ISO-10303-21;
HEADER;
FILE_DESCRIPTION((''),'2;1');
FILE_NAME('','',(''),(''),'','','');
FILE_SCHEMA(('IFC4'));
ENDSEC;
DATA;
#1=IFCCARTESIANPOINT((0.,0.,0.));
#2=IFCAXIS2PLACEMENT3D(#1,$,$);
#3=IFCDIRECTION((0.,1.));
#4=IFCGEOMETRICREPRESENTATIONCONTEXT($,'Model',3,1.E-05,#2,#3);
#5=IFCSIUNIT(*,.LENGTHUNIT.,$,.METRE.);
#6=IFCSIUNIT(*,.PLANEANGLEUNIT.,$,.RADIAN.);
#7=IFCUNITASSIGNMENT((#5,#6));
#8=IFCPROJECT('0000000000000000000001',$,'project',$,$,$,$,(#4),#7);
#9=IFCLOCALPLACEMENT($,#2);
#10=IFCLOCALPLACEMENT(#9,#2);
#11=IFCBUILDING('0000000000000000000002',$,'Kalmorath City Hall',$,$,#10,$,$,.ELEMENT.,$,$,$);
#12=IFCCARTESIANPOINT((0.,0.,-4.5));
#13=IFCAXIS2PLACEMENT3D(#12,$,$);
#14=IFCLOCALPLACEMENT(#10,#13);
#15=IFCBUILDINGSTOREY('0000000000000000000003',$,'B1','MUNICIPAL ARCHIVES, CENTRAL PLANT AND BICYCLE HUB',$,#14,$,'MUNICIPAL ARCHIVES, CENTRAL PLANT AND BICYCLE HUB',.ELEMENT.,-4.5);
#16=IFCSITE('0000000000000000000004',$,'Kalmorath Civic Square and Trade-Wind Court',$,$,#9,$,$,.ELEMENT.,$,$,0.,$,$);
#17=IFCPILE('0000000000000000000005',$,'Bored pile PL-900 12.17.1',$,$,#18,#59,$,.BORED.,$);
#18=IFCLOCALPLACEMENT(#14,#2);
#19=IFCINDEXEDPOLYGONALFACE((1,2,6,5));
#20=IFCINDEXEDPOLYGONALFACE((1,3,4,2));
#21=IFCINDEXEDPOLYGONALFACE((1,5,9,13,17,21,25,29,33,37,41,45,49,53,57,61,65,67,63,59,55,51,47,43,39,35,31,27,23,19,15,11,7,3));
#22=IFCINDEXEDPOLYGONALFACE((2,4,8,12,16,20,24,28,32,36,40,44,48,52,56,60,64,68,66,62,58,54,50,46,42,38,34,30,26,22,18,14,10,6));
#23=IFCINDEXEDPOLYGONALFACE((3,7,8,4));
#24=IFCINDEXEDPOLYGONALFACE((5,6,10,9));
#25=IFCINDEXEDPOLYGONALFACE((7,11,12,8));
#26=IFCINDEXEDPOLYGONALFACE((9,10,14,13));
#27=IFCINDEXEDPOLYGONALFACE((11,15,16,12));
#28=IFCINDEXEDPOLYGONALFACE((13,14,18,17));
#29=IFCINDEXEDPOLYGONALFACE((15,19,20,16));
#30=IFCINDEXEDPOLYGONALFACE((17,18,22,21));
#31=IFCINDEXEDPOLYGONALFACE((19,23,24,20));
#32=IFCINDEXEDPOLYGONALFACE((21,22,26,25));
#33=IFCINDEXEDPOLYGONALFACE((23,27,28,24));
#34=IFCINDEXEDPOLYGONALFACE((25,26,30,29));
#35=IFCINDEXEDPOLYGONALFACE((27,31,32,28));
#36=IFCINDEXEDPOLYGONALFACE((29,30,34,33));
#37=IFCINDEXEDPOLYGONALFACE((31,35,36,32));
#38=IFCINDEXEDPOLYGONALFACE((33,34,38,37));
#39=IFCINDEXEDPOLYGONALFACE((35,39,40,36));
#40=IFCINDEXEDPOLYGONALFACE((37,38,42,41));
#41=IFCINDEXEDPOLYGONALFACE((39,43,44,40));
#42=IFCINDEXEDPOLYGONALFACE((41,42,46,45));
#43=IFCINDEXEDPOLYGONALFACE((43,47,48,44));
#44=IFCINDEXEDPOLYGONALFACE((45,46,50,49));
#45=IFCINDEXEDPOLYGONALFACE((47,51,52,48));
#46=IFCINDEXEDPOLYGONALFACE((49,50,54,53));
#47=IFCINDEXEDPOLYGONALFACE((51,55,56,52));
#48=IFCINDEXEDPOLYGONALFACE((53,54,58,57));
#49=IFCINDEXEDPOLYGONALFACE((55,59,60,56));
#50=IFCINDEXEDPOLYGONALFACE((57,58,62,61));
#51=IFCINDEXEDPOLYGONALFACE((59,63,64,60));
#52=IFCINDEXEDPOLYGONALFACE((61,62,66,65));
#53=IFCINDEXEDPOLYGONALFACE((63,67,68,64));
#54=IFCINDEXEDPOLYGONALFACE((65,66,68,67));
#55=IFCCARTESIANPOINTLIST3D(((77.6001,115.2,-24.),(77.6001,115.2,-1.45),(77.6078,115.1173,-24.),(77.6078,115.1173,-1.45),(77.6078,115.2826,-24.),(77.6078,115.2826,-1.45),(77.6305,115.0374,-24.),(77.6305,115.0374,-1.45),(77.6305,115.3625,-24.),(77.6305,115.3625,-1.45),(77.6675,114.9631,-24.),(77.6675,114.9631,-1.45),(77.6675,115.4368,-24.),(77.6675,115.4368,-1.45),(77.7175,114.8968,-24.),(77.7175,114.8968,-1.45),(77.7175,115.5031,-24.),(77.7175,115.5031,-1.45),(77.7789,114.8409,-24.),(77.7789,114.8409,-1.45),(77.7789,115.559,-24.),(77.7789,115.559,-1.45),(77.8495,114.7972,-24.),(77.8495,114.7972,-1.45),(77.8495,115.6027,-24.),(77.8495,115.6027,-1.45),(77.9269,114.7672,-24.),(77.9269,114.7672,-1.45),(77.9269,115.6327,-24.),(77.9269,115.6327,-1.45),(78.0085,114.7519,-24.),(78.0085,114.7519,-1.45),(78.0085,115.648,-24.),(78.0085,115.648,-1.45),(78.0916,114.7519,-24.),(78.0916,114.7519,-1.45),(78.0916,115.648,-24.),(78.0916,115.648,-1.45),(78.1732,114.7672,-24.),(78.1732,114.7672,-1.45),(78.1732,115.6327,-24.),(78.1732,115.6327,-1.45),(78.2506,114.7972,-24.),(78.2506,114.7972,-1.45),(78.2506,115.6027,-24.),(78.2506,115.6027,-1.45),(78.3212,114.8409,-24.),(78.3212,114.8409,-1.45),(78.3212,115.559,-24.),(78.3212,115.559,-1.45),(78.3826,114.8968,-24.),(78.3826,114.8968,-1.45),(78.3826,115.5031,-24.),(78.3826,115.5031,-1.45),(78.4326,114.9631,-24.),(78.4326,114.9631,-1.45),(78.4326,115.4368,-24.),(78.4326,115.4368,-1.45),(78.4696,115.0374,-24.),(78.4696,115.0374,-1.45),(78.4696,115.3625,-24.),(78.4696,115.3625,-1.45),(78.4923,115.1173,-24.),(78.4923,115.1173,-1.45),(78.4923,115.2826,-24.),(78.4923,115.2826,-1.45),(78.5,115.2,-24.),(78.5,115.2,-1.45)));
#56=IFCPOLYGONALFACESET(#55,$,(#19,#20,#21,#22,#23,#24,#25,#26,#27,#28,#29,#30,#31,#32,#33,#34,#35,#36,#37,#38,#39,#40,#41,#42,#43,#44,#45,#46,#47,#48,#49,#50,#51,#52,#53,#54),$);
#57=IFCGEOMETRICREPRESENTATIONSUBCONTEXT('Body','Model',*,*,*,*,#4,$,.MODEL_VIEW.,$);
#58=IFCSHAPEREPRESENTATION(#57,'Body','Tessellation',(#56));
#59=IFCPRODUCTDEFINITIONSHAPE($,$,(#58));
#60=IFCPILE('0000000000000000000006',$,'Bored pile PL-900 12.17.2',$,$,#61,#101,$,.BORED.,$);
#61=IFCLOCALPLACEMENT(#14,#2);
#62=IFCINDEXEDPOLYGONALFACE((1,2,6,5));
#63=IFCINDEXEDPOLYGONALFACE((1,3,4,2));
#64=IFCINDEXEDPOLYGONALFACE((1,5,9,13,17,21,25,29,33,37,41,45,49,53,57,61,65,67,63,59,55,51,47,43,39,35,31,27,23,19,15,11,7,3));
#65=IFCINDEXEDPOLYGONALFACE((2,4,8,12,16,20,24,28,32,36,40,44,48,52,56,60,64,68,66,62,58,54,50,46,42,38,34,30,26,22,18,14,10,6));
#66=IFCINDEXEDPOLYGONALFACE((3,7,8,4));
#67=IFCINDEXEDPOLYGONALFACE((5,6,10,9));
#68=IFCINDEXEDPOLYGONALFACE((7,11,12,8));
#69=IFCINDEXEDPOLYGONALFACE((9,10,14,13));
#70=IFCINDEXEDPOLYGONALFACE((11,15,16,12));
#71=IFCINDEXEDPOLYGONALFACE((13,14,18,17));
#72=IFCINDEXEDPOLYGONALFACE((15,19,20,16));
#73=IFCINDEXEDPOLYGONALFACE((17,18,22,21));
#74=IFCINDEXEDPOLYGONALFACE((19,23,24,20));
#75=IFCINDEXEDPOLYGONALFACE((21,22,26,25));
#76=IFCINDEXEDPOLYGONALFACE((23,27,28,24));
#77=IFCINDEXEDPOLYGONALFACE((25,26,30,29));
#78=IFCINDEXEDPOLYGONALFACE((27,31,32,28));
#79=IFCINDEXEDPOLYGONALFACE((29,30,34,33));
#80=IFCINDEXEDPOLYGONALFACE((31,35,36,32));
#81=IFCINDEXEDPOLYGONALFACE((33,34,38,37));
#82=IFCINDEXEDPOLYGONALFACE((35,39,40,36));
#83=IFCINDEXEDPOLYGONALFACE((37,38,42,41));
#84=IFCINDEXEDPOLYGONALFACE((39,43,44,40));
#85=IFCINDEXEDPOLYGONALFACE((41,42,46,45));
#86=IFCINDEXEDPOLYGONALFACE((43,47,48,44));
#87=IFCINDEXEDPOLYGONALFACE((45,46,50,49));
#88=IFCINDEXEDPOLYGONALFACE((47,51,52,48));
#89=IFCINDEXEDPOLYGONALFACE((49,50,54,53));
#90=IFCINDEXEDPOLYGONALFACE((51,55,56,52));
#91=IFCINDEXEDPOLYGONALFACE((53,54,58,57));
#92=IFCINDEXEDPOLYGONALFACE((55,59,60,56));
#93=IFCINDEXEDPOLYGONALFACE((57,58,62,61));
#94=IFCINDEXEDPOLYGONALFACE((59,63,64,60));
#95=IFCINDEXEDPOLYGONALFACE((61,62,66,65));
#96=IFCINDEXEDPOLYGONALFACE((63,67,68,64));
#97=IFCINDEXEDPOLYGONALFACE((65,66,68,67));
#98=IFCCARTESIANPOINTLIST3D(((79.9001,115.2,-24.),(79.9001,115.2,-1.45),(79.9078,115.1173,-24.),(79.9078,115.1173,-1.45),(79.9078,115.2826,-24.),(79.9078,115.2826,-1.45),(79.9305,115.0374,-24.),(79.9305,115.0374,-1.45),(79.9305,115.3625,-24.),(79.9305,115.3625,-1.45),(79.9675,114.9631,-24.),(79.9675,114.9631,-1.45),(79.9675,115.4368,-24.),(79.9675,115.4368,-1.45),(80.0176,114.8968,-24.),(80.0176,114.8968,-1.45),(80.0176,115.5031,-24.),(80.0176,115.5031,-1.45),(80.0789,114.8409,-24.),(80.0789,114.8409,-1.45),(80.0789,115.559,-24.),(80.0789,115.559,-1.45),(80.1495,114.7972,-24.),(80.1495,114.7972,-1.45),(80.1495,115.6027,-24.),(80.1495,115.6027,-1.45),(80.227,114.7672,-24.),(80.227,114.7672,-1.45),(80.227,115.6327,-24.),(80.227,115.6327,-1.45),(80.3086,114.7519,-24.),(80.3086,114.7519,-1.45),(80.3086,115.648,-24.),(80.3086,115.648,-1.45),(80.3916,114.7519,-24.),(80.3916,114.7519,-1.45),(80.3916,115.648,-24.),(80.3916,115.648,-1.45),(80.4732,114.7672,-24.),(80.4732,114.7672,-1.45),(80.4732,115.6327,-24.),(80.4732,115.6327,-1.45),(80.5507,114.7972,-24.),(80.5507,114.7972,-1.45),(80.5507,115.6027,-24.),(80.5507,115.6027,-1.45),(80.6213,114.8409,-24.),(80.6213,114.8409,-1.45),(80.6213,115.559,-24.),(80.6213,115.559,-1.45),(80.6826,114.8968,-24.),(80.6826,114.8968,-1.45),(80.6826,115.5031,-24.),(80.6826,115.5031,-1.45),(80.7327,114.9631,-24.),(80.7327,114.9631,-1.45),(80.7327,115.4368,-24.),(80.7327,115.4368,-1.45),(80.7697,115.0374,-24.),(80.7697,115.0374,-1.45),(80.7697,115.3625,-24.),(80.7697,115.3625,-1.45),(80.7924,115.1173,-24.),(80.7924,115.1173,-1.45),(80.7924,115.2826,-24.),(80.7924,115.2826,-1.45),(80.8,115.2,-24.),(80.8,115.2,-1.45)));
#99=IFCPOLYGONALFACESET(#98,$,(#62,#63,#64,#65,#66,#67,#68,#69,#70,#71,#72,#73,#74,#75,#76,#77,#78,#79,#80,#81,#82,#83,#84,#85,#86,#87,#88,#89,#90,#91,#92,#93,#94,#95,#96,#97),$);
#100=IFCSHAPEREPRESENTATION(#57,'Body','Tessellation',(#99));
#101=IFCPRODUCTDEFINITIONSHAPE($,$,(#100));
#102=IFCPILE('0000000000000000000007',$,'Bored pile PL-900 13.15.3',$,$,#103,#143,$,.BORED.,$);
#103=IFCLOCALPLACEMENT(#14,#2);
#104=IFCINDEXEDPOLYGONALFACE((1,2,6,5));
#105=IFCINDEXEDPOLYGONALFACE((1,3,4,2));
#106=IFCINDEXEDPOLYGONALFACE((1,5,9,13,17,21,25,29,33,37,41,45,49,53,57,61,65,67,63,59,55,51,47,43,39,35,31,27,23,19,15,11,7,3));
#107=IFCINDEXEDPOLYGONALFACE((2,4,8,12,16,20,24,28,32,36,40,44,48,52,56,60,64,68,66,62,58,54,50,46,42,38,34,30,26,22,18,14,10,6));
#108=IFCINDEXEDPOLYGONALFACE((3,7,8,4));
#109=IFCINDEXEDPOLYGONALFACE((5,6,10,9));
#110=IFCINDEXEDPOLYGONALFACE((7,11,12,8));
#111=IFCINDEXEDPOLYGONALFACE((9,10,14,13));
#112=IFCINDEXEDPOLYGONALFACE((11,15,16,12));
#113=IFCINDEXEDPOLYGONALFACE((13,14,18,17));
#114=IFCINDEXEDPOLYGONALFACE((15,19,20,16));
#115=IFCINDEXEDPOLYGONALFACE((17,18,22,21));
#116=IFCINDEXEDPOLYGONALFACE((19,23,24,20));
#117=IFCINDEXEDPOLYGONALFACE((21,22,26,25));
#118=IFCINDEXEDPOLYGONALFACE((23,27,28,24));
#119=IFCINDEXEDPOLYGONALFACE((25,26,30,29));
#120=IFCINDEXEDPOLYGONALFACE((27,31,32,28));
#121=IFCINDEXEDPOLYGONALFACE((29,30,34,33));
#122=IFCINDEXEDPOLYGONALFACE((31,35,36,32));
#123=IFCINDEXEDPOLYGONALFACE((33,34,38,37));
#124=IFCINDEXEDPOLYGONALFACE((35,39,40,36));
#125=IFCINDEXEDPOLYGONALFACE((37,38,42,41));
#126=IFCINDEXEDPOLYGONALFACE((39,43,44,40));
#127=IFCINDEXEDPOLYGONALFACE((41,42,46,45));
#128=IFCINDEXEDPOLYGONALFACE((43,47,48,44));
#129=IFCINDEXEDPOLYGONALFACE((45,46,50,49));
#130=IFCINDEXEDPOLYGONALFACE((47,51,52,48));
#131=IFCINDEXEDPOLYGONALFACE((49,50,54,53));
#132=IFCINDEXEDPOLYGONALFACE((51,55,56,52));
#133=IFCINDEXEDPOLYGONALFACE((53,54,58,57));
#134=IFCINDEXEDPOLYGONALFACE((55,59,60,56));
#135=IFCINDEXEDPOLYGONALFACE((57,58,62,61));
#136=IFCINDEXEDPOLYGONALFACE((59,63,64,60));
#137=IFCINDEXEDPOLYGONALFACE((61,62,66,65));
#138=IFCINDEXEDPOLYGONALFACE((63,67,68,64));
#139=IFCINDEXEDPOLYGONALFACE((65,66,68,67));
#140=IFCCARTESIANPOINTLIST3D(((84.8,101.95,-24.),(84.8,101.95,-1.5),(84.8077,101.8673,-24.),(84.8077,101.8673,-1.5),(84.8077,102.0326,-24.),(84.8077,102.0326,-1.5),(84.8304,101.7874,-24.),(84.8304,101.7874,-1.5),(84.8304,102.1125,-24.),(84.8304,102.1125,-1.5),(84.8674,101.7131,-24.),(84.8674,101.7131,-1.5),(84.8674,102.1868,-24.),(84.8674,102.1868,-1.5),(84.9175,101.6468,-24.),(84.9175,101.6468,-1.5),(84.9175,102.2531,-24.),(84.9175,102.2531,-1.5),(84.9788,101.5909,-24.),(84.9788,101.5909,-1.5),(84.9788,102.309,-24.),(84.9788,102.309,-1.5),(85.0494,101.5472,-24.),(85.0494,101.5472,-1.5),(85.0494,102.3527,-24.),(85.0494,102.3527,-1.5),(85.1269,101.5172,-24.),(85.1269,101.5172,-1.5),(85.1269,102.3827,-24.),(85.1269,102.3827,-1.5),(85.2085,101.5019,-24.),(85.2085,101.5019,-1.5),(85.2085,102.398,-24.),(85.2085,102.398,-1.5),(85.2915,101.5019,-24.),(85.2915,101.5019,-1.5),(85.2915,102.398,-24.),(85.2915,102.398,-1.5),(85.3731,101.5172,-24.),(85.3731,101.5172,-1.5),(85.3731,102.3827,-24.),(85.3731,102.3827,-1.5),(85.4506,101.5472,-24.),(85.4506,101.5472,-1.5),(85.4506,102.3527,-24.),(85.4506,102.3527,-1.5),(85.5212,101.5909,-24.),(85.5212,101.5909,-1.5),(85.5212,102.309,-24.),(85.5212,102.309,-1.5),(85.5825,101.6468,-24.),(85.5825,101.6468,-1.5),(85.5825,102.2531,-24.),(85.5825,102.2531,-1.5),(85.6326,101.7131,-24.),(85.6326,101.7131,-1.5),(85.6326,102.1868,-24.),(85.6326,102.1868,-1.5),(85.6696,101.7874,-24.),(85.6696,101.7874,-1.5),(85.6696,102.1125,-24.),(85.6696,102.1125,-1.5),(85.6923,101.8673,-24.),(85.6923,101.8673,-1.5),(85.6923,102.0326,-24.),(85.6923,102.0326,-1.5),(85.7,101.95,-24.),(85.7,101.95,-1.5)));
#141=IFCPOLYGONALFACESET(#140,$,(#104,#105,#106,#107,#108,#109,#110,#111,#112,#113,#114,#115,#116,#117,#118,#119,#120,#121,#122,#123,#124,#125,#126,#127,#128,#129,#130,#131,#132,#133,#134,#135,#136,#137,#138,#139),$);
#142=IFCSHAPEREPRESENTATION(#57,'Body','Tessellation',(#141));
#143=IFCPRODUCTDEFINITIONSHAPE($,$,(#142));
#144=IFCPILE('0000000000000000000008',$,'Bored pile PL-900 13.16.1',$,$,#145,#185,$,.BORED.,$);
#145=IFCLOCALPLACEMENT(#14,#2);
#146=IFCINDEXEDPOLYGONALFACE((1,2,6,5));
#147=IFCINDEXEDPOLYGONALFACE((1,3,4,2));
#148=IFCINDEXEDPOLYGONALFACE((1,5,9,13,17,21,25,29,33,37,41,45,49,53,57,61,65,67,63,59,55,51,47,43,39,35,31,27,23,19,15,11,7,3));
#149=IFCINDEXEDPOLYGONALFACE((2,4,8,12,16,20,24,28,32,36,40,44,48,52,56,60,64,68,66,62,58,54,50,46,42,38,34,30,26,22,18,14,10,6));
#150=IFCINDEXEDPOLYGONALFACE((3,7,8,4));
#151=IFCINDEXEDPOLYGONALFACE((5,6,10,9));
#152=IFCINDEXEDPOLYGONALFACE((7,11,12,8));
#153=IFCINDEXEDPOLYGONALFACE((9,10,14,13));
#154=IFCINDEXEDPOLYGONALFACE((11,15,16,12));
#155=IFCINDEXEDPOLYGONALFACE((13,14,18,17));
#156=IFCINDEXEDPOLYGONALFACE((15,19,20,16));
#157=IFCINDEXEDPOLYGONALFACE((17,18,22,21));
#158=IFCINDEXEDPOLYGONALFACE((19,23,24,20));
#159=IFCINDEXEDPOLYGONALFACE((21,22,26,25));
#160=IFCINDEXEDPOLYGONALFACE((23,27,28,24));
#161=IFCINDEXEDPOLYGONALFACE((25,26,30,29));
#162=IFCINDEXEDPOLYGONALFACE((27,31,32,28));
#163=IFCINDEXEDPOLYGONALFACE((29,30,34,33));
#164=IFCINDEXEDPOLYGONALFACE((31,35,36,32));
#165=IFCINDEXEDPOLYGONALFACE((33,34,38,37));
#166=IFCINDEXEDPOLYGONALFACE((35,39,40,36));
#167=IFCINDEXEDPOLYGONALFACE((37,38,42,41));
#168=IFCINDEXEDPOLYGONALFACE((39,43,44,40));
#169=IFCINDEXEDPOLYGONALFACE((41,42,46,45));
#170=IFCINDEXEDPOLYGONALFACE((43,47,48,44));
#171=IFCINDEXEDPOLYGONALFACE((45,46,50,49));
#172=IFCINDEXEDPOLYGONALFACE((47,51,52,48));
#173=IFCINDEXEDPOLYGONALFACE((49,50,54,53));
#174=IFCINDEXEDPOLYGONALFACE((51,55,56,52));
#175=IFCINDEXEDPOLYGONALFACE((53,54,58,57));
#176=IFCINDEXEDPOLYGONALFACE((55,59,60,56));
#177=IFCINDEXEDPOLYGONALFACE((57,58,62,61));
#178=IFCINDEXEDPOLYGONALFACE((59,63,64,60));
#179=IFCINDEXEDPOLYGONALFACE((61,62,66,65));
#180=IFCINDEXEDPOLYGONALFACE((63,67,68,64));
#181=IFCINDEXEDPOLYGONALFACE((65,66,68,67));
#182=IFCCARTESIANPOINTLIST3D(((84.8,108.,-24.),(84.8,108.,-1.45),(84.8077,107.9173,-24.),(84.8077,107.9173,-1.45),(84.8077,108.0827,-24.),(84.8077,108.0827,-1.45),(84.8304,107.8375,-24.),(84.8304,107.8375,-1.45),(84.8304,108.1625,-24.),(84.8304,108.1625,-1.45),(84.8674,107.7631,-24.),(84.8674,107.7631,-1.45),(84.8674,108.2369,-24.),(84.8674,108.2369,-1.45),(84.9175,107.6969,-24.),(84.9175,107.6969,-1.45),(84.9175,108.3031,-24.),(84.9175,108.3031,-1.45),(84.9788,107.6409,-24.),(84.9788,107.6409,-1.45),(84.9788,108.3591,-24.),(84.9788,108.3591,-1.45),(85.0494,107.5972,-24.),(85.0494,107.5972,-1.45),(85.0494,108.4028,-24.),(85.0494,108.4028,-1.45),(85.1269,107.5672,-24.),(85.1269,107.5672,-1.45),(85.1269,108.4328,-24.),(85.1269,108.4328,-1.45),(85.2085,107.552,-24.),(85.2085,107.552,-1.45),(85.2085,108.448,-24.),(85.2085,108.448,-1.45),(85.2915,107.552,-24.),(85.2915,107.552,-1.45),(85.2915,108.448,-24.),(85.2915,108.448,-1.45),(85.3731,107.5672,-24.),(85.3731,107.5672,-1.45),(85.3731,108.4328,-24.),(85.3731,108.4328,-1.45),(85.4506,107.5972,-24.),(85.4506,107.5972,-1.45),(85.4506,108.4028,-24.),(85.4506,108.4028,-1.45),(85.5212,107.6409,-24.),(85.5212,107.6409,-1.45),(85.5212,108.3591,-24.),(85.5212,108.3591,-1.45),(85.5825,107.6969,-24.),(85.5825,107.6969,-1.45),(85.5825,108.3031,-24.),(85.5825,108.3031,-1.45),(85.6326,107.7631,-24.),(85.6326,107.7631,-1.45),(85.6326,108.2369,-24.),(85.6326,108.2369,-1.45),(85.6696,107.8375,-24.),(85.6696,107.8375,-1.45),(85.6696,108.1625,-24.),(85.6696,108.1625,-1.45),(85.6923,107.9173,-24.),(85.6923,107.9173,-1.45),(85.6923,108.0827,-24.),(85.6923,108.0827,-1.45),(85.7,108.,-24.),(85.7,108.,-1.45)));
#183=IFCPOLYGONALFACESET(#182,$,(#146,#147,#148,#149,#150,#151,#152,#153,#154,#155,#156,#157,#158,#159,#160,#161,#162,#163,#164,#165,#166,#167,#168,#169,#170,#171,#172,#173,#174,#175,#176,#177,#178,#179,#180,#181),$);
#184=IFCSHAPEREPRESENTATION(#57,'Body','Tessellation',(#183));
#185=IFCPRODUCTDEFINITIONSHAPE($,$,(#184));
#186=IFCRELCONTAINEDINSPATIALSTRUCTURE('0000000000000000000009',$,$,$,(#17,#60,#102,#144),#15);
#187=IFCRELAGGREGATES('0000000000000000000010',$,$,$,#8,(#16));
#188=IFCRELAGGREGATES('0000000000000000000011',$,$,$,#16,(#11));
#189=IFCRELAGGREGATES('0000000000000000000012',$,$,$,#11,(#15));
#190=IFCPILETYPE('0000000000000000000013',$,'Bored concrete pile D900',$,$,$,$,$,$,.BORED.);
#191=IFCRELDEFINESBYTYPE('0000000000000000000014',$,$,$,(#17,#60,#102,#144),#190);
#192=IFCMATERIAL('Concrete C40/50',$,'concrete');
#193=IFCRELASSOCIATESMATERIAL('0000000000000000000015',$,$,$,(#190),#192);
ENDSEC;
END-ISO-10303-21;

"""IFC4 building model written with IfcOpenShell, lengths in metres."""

from ifc_helpers import new_model, si_unit, direction, frame, origin, origin_2d, place, context, subcontext, project, spatial, circle, extrude, material, material_profile, profile_set, type_object, element, save


model = new_model("IFC4")

# Units and contexts
model_context = context("Model", 3, precision=1e-05, world=origin(), true_north=direction((0.0, 1.0)))
body_context = subcontext(model_context, "Body", "Model", "MODEL_VIEW")
ifc_project = project(units=[si_unit("LENGTHUNIT", "METRE"), si_unit("PLANEANGLEUNIT", "RADIAN")], contexts=[model_context])

# Site, building, storey
site_placement = place(None, origin())
site = spatial("IfcSite", under=ifc_project, at=site_placement, Name="Kalmorath Civic Square and Trade-Wind Court", CompositionType="ELEMENT", RefElevation=0.0)
building_placement = place(site_placement, origin())
building = spatial("IfcBuilding", under=site, at=building_placement, Name="Kalmorath City Hall", CompositionType="ELEMENT")
storey_placement = place(building_placement, frame((0.0, 0.0, -4.5)))
storey = spatial("IfcBuildingStorey", under=building, at=storey_placement, Name="B1", Description="MUNICIPAL ARCHIVES, CENTRAL PLANT AND BICYCLE HUB", LongName="MUNICIPAL ARCHIVES, CENTRAL PLANT AND BICYCLE HUB", CompositionType="ELEMENT", Elevation=-4.5)

# Piles
ifc_material_1 = material(Name="Concrete C40/50", Category="concrete")
ifc_material_profile_1 = material_profile(ifc_material_1, circle(Radius=0.45, at=origin_2d()), Name="PILE-D900")
ifc_profile_set_1 = profile_set([ifc_material_profile_1], Name="Concrete C40/50")
pile_type = type_object("IfcPileType", Name="Bored concrete pile D900", PredefinedType="BORED", material=ifc_profile_set_1)
for number, where, z_axis, x_axis, name in (
    (1, (78.05, 115.2, -1.45), (0.0, 0.0, -1.0), (1.0, 0.0, 0.0), "Bored pile PL-900 12.17.1"),
    (2, (80.3501, 115.2, -1.45), (0.0, 0.0, -1.0), (1.0, 0.0, 0.0), "Bored pile PL-900 12.17.2"),
):
    element("IfcPile", number, at=place(storey_placement, frame(where, z_axis=z_axis, x_axis=x_axis)), inside=storey, type_object=pile_type, Name=name, PredefinedType="BORED", context=body_context, shape_type="SweptSolid", body=[
        extrude(circle(Radius=0.45, at=origin_2d()), origin(), (0.0, 0.0, 1.0), 22.55),
    ])
pile_1_placement = place(storey_placement, frame((85.25, 101.95, -1.5), z_axis=(0.0, 0.0, -1.0), x_axis=(1.0, 0.0, 0.0)))
element("IfcPile", 3, at=pile_1_placement, inside=storey, type_object=pile_type, Name="Bored pile PL-900 13.15.3", PredefinedType="BORED", context=body_context, shape_type="SweptSolid", body=[
    extrude(circle(Radius=0.45, at=origin_2d()), origin(), (0.0, 0.0, 1.0), 22.5),
])
pile_2_placement = place(storey_placement, frame((85.25, 108.0, -1.45), z_axis=(0.0, 0.0, -1.0), x_axis=(1.0, 0.0, 0.0)))
element("IfcPile", 4, at=pile_2_placement, inside=storey, type_object=pile_type, Name="Bored pile PL-900 13.16.1", PredefinedType="BORED", context=body_context, shape_type="SweptSolid", body=[
    extrude(circle(Radius=0.45, at=origin_2d()), origin(), (0.0, 0.0, 1.0), 22.55),
])

save(model, "model.ifc")
